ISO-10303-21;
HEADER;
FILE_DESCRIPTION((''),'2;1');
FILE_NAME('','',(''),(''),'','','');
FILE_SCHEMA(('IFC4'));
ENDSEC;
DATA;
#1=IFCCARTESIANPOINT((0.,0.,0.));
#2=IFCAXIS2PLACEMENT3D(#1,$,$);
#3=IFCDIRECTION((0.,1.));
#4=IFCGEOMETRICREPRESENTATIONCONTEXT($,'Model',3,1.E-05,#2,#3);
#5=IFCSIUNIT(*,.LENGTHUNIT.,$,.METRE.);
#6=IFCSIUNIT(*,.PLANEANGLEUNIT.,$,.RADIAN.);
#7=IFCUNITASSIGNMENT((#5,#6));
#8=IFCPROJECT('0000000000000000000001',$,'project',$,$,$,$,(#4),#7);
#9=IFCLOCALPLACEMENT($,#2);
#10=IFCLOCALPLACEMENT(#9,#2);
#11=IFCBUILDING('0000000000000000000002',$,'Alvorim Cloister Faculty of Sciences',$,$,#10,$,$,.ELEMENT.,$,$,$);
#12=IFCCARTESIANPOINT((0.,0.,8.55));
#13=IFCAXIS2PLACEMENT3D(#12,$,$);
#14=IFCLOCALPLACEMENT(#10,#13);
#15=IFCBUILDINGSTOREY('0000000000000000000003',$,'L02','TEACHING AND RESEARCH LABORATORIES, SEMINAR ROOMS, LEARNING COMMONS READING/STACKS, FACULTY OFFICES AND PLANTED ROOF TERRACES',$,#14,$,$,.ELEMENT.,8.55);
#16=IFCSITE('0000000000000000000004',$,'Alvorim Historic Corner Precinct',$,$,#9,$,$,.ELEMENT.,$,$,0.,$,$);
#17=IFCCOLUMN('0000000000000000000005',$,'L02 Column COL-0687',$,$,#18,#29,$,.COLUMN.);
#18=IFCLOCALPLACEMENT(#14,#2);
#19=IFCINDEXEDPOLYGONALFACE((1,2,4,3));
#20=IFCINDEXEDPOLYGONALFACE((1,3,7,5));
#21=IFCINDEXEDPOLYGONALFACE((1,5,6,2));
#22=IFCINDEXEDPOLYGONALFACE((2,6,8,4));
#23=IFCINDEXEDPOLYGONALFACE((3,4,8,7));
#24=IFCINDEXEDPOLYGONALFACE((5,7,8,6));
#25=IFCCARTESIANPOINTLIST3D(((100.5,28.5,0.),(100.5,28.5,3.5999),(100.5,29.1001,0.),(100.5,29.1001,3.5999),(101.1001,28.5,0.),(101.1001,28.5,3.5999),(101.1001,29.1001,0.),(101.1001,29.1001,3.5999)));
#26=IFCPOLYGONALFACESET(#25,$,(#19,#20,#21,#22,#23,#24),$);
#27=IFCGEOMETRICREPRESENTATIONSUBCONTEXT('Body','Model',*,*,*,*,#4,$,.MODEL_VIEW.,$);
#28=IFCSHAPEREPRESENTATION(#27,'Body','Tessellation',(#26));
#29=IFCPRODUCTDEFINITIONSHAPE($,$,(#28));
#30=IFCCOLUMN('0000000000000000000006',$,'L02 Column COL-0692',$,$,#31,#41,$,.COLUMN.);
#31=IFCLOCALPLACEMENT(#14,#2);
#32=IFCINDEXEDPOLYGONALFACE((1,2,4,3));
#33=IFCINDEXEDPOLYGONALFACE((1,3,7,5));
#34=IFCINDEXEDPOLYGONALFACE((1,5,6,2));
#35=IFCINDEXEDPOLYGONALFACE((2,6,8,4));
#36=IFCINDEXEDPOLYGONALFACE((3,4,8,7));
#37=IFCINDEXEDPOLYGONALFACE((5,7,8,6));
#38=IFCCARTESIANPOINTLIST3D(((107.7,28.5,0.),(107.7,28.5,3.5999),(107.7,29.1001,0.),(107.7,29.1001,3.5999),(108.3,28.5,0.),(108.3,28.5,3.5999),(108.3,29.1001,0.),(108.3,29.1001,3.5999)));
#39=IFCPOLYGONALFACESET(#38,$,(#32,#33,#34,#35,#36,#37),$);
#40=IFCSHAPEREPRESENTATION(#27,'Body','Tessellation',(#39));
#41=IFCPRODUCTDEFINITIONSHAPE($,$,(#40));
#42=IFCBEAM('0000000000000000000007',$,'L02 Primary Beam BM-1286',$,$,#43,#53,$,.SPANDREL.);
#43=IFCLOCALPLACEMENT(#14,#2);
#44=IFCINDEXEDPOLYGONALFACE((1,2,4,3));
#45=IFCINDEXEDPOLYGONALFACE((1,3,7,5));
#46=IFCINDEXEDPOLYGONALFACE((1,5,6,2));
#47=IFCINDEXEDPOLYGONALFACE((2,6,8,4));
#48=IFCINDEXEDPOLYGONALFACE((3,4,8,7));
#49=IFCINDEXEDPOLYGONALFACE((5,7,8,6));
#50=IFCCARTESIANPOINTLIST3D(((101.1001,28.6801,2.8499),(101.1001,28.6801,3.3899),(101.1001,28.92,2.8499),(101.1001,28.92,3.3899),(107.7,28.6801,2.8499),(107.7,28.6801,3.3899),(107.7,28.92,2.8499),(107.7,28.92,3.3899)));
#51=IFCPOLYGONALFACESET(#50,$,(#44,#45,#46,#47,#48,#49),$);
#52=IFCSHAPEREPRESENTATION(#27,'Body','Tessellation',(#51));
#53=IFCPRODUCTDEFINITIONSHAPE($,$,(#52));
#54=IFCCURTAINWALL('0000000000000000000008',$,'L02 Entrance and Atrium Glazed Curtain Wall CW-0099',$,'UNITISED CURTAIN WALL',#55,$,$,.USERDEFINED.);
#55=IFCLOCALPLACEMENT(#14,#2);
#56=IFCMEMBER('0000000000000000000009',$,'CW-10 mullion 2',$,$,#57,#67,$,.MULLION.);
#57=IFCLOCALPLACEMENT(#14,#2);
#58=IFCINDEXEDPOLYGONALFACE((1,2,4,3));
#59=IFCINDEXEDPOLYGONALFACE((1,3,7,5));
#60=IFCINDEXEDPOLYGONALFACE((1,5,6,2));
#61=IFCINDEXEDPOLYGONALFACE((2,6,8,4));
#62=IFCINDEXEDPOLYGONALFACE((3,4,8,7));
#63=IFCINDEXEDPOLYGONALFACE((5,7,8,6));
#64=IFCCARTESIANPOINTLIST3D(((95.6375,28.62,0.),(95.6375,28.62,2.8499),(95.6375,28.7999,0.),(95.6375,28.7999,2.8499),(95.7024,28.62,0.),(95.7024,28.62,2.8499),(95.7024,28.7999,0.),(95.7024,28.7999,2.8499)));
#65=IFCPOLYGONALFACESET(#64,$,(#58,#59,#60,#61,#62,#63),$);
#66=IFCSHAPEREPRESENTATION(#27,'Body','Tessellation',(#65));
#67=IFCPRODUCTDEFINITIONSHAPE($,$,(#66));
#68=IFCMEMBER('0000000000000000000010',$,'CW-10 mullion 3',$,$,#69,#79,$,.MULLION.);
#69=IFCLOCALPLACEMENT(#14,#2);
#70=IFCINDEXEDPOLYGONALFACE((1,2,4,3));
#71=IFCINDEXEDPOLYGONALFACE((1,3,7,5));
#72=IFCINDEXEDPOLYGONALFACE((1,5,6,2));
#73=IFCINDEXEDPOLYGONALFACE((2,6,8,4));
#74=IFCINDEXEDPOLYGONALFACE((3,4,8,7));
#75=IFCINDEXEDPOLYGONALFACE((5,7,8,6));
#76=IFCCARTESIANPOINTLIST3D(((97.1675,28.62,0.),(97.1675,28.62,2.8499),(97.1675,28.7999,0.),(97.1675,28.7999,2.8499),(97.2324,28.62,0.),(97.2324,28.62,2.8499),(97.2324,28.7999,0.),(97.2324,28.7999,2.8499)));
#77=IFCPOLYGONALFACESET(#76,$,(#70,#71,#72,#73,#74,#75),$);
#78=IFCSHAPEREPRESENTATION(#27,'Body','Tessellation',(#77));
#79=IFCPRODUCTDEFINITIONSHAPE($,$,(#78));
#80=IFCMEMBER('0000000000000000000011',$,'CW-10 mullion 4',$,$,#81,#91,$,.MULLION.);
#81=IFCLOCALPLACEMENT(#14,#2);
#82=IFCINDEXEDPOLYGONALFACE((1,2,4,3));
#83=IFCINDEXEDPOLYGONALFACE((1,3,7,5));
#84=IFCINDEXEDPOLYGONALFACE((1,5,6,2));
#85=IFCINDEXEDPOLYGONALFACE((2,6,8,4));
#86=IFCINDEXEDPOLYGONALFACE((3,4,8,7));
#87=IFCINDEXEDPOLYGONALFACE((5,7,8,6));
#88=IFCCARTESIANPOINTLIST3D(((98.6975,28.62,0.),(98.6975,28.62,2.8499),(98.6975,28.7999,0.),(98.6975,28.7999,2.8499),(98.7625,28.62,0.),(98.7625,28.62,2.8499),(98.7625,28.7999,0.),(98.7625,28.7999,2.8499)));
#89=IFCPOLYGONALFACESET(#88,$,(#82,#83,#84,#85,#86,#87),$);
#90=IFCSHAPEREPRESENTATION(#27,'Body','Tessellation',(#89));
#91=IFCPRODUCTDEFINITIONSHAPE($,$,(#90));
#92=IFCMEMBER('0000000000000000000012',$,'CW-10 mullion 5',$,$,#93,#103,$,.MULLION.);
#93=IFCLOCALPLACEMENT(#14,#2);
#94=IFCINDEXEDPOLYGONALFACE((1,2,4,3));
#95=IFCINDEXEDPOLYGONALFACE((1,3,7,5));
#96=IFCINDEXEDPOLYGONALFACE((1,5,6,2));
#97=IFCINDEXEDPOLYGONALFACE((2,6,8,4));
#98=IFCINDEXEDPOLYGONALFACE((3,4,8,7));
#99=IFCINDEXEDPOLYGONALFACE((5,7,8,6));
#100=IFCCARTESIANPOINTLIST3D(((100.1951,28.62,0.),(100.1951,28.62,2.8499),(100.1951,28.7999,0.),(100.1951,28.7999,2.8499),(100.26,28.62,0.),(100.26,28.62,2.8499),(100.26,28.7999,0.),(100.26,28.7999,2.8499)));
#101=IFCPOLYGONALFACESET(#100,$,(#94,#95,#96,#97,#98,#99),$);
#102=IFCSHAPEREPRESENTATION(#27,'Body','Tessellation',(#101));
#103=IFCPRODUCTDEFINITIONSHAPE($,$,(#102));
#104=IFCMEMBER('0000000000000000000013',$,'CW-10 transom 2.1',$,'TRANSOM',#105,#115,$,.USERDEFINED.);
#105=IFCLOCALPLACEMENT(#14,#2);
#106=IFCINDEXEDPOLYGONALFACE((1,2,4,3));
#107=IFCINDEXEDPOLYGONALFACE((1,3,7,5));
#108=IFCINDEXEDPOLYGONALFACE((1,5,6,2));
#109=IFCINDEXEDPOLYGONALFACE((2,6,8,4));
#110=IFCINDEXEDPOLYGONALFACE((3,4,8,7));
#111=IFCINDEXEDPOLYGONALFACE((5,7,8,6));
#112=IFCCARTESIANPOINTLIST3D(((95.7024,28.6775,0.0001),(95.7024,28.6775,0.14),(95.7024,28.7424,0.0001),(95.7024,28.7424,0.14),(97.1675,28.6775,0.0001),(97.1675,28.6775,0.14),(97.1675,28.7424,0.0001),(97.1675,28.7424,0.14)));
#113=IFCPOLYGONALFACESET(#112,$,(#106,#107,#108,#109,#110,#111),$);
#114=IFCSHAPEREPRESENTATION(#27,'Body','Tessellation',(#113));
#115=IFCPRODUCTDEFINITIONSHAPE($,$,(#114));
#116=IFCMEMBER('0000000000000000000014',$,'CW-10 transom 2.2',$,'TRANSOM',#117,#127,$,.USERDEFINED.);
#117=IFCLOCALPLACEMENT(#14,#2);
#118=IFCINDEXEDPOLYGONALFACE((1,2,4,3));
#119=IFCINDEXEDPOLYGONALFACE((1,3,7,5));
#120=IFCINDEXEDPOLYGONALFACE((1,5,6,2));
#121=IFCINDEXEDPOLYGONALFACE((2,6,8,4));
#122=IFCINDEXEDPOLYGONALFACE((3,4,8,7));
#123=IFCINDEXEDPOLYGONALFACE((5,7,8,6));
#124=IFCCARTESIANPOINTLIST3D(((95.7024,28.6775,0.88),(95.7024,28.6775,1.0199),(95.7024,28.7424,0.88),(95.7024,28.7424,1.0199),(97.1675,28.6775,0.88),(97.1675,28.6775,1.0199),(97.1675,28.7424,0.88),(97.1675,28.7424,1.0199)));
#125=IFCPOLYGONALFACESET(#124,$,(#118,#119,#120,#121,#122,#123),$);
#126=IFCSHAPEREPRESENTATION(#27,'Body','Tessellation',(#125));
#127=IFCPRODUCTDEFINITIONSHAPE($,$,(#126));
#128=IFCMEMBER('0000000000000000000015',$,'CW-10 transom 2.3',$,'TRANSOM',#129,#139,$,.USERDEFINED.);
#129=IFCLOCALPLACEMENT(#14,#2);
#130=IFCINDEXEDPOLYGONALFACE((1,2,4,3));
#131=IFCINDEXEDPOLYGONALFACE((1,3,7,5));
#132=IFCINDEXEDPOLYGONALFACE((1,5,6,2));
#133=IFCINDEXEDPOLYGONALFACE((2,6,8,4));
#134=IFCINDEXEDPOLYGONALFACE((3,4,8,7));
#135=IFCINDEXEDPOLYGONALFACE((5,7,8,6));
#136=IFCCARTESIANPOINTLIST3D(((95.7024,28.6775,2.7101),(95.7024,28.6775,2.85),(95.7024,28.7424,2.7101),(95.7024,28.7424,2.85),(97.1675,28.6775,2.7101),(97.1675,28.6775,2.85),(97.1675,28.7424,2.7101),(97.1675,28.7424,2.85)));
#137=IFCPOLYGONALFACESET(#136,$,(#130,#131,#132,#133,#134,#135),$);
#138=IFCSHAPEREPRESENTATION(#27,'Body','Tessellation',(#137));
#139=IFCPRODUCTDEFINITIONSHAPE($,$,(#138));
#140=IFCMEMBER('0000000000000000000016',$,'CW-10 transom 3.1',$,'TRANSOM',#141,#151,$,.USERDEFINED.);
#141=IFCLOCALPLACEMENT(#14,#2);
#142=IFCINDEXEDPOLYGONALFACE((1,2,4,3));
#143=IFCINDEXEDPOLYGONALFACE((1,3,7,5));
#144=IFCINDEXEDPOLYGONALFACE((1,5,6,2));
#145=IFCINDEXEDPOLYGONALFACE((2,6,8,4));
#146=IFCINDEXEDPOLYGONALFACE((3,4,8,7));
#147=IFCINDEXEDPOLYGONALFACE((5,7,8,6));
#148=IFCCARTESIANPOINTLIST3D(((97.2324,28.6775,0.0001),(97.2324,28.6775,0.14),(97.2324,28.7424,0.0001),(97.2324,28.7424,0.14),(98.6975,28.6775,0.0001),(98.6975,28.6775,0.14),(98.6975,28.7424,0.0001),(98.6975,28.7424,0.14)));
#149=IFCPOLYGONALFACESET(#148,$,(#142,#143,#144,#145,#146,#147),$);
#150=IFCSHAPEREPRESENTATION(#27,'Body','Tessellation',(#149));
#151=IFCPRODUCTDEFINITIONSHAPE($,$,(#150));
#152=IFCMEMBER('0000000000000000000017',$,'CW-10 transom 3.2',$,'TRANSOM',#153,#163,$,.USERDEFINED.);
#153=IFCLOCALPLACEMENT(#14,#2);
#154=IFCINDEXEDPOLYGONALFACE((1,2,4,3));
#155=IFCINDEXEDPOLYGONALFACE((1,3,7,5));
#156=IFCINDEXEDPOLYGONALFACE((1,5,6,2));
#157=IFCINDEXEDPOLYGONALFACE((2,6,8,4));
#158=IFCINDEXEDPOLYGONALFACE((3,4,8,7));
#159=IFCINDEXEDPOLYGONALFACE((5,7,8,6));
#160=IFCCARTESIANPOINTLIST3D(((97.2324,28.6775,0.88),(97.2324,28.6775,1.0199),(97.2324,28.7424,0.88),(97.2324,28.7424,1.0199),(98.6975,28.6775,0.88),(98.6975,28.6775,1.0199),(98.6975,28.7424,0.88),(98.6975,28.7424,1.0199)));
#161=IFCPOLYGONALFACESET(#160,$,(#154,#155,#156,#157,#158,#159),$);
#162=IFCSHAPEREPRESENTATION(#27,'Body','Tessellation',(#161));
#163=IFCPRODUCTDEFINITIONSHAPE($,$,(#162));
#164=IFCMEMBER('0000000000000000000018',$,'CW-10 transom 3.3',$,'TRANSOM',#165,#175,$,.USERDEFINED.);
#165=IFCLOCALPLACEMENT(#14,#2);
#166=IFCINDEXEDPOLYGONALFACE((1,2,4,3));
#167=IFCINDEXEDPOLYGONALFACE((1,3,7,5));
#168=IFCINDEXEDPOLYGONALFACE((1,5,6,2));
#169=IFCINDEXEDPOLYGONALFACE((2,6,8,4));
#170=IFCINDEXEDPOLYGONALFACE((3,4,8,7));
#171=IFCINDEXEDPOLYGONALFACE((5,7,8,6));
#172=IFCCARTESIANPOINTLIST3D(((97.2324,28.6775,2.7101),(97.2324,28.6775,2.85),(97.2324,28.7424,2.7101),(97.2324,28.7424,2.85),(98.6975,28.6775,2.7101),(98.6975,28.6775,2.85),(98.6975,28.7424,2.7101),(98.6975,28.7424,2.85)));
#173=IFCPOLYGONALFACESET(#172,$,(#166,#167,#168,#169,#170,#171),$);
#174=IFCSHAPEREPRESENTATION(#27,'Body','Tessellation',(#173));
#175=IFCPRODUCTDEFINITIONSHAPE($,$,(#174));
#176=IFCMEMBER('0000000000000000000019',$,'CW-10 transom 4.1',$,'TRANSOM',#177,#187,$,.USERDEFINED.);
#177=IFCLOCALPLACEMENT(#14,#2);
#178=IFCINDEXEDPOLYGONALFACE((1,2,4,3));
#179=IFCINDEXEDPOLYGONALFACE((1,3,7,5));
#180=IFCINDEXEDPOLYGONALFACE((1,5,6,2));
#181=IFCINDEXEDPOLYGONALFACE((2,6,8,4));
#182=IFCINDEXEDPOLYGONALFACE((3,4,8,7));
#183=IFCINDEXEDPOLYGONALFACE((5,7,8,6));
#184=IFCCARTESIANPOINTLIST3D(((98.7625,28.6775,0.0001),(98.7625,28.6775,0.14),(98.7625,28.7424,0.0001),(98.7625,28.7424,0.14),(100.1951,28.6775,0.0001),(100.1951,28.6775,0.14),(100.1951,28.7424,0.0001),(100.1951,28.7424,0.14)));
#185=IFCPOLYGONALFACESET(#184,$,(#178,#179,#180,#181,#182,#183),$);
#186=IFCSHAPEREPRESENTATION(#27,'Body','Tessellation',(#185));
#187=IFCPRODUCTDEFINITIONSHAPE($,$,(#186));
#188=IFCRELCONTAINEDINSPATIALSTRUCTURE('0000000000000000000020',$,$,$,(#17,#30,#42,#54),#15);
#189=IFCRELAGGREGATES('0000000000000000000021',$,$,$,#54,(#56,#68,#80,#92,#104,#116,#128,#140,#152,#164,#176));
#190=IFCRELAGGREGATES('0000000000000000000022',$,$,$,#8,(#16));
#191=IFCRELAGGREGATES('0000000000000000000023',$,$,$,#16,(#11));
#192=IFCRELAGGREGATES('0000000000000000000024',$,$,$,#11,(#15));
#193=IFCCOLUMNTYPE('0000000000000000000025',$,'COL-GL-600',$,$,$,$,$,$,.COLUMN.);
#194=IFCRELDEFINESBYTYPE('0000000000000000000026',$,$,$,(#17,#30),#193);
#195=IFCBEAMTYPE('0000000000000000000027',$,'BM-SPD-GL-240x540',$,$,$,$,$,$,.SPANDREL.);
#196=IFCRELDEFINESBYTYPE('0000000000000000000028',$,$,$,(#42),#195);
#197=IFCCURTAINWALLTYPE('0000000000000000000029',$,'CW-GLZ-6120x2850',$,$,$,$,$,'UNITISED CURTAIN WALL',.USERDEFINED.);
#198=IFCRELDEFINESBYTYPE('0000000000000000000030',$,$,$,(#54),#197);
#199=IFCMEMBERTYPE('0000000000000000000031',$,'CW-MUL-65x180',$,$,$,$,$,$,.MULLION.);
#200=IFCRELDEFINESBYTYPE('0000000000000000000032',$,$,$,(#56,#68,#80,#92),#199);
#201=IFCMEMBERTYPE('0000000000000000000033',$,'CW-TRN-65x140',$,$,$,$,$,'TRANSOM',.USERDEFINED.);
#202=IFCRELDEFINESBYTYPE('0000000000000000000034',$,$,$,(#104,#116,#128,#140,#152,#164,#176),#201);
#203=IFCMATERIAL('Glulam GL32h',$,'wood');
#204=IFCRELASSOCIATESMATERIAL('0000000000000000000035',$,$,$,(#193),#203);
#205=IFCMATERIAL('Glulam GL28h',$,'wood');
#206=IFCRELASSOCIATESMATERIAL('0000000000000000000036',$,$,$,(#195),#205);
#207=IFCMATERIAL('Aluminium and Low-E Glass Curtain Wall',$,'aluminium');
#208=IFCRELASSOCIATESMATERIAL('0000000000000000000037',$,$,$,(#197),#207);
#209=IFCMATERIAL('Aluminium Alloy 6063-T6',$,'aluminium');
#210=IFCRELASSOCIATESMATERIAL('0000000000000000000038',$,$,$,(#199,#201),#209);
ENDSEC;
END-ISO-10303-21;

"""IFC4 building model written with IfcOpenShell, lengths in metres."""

from ifc_helpers import new_model, si_unit, direction, frame, origin, origin_2d, place, context, subcontext, project, spatial, rectangle, extrude, material, material_profile, profile_set, type_object, element, aggregate, save


model = new_model("IFC4")

# Units and contexts
model_context = context("Model", 3, precision=1e-05, world=origin(), true_north=direction((0.0, 1.0)))
body_context = subcontext(model_context, "Body", "Model", "MODEL_VIEW")
ifc_project = project(units=[si_unit("LENGTHUNIT", "METRE"), si_unit("PLANEANGLEUNIT", "RADIAN")], contexts=[model_context])

# Site, building, storey
site_placement = place(None, origin())
site = spatial("IfcSite", under=ifc_project, at=site_placement, Name="Alvorim Historic Corner Precinct", CompositionType="ELEMENT", RefElevation=0.0)
building_placement = place(site_placement, origin())
building = spatial("IfcBuilding", under=site, at=building_placement, Name="Alvorim Cloister Faculty of Sciences", CompositionType="ELEMENT")
storey_placement = place(building_placement, frame((0.0, 0.0, 8.55)))
storey = spatial("IfcBuildingStorey", under=building, at=storey_placement, Name="L02", Description="TEACHING AND RESEARCH LABORATORIES, SEMINAR ROOMS, LEARNING COMMONS READING/STACKS, FACULTY OFFICES AND PLANTED ROOF TERRACES", CompositionType="ELEMENT", Elevation=8.55)

# Columns
ifc_material_1 = material(Name="Glulam GL32h", Category="wood")
ifc_material_profile_1 = material_profile(ifc_material_1, rectangle(XDim=0.6001, YDim=0.6001, at=origin_2d()), Name="GL32-COL-600x600")
ifc_profile_set_1 = profile_set([ifc_material_profile_1], Name="Glulam GL32h")
column_type = type_object("IfcColumnType", Name="COL-GL-600", PredefinedType="COLUMN", material=ifc_profile_set_1)
for number, where, z_axis, x_axis, name in (
    (1, (100.8, 28.8, 0.0), (0.0, 0.0, 1.0), (1.0, 0.0, 0.0), "L02 Column COL-0687"),
    (2, (108.0, 28.8, 0.0), (0.0, 0.0, 1.0), (1.0, 0.0, 0.0), "L02 Column COL-0692"),
):
    element("IfcColumn", number, at=place(storey_placement, frame(where, z_axis=z_axis, x_axis=x_axis)), inside=storey, type_object=column_type, Name=name, PredefinedType="COLUMN", context=body_context, shape_type="SweptSolid", body=[
        extrude(rectangle(XDim=0.6001, YDim=0.6001, at=origin_2d()), origin(), (0.0, 0.0, 1.0), 3.5999),
    ])

# Beam
ifc_material_2 = material(Name="Glulam GL28h", Category="wood")
ifc_material_profile_2 = material_profile(ifc_material_2, rectangle(XDim=0.24, YDim=0.54, at=origin_2d()), Name="GL28-SPD-240x540")
ifc_profile_set_2 = profile_set([ifc_material_profile_2], Name="Glulam GL28h")
beam_type = type_object("IfcBeamType", Name="BM-SPD-GL-240x540", PredefinedType="SPANDREL", material=ifc_profile_set_2)
beam_placement = place(storey_placement, frame((101.1001, 28.8, 3.1199), z_axis=(1.0, 0.0, 0.0), x_axis=(0.0, 1.0, 0.0)))
element("IfcBeam", 3, at=beam_placement, inside=storey, type_object=beam_type, Name="L02 Primary Beam BM-1286", PredefinedType="SPANDREL", context=body_context, shape_type="SweptSolid", body=[
    extrude(rectangle(XDim=0.24, YDim=0.54, at=origin_2d()), origin(), (0.0, 0.0, 1.0), 6.5999),
])

# Curtain wall, members
ifc_material_3 = material(Name="Aluminium and Low-E Glass Curtain Wall", Category="aluminium")
curtain_wall_type = type_object("IfcCurtainWallType", Name="CW-GLZ-6120x2850", ElementType="UNITISED CURTAIN WALL", PredefinedType="USERDEFINED", material=ifc_material_3)
curtain_wall_placement = place(storey_placement, origin())
curtain_wall = element("IfcCurtainWall", 4, at=curtain_wall_placement, inside=storey, type_object=curtain_wall_type, Name="L02 Entrance and Atrium Glazed Curtain Wall CW-0099", ObjectType="UNITISED CURTAIN WALL", PredefinedType="USERDEFINED")
ifc_material_4 = material(Name="Aluminium Alloy 6063-T6", Category="aluminium")
ifc_material_profile_3 = material_profile(ifc_material_4, rectangle(XDim=0.0649, YDim=0.1799, at=origin_2d()), Name="ALU-MUL-65x180")
ifc_profile_set_3 = profile_set([ifc_material_profile_3], Name="Aluminium Alloy 6063-T6")
member_type_1 = type_object("IfcMemberType", Name="CW-MUL-65x180", PredefinedType="MULLION", material=ifc_profile_set_3)
member_1_placement = place(storey_placement, frame((95.6699, 28.71, 0.0), z_axis=(0.0, 0.0, 1.0), x_axis=(1.0, 0.0, 0.0)))
member_1 = element("IfcMember", 5, at=member_1_placement, type_object=member_type_1, Name="CW-10 mullion 2", PredefinedType="MULLION", context=body_context, shape_type="SweptSolid", body=[
    extrude(rectangle(XDim=0.0649, YDim=0.1799, at=origin_2d()), origin(), (0.0, 0.0, 1.0), 2.8499),
])
member_2_placement = place(storey_placement, frame((97.2, 28.71, 0.0), z_axis=(0.0, 0.0, 1.0), x_axis=(1.0, 0.0, 0.0)))
member_2 = element("IfcMember", 6, at=member_2_placement, type_object=member_type_1, Name="CW-10 mullion 3", PredefinedType="MULLION", context=body_context, shape_type="SweptSolid", body=[
    extrude(rectangle(XDim=0.0649, YDim=0.1799, at=origin_2d()), origin(), (0.0, 0.0, 1.0), 2.8499),
])
member_3_placement = place(storey_placement, frame((98.73, 28.71, 0.0), z_axis=(0.0, 0.0, 1.0), x_axis=(1.0, 0.0, 0.0)))
member_3 = element("IfcMember", 7, at=member_3_placement, type_object=member_type_1, Name="CW-10 mullion 4", PredefinedType="MULLION", context=body_context, shape_type="SweptSolid", body=[
    extrude(rectangle(XDim=0.0649, YDim=0.1799, at=origin_2d()), origin(), (0.0, 0.0, 1.0), 2.8499),
])
member_4_placement = place(storey_placement, frame((100.2275, 28.71, 0.0), z_axis=(0.0, 0.0, 1.0), x_axis=(1.0, 0.0, 0.0)))
member_4 = element("IfcMember", 8, at=member_4_placement, type_object=member_type_1, Name="CW-10 mullion 5", PredefinedType="MULLION", context=body_context, shape_type="SweptSolid", body=[
    extrude(rectangle(XDim=0.0649, YDim=0.1799, at=origin_2d()), origin(), (0.0, 0.0, 1.0), 2.8499),
])
ifc_material_profile_4 = material_profile(ifc_material_4, rectangle(XDim=0.0649, YDim=0.1399, at=origin_2d()), Name="ALU-TRN-65x140")
ifc_profile_set_4 = profile_set([ifc_material_profile_4], Name="Aluminium Alloy 6063-T6")
member_type_2 = type_object("IfcMemberType", Name="CW-TRN-65x140", ElementType="TRANSOM", PredefinedType="USERDEFINED", material=ifc_profile_set_4)
member_5_placement = place(storey_placement, frame((95.7024, 28.71, 0.0701), z_axis=(1.0, 0.0, 0.0), x_axis=(0.0, 1.0, 0.0)))
member_5 = element("IfcMember", 9, at=member_5_placement, type_object=member_type_2, Name="CW-10 transom 2.1", ObjectType="TRANSOM", PredefinedType="USERDEFINED", context=body_context, shape_type="SweptSolid", body=[
    extrude(rectangle(XDim=0.0649, YDim=0.1399, at=origin_2d()), origin(), (0.0, 0.0, 1.0), 1.4651),
])
member_6_placement = place(storey_placement, frame((95.7024, 28.71, 0.95), z_axis=(1.0, 0.0, 0.0), x_axis=(0.0, 1.0, 0.0)))
member_6 = element("IfcMember", 10, at=member_6_placement, type_object=member_type_2, Name="CW-10 transom 2.2", ObjectType="TRANSOM", PredefinedType="USERDEFINED", context=body_context, shape_type="SweptSolid", body=[
    extrude(rectangle(XDim=0.0649, YDim=0.1399, at=origin_2d()), origin(), (0.0, 0.0, 1.0), 1.4651),
])
member_7_placement = place(storey_placement, frame((95.7024, 28.71, 2.78), z_axis=(1.0, 0.0, 0.0), x_axis=(0.0, 1.0, 0.0)))
member_7 = element("IfcMember", 11, at=member_7_placement, type_object=member_type_2, Name="CW-10 transom 2.3", ObjectType="TRANSOM", PredefinedType="USERDEFINED", context=body_context, shape_type="SweptSolid", body=[
    extrude(rectangle(XDim=0.0649, YDim=0.1399, at=origin_2d()), origin(), (0.0, 0.0, 1.0), 1.4651),
])
member_8_placement = place(storey_placement, frame((97.2324, 28.71, 0.0701), z_axis=(1.0, 0.0, 0.0), x_axis=(0.0, 1.0, 0.0)))
member_8 = element("IfcMember", 12, at=member_8_placement, type_object=member_type_2, Name="CW-10 transom 3.1", ObjectType="TRANSOM", PredefinedType="USERDEFINED", context=body_context, shape_type="SweptSolid", body=[
    extrude(rectangle(XDim=0.0649, YDim=0.1399, at=origin_2d()), origin(), (0.0, 0.0, 1.0), 1.4651),
])
member_9_placement = place(storey_placement, frame((97.2324, 28.71, 0.95), z_axis=(1.0, 0.0, 0.0), x_axis=(0.0, 1.0, 0.0)))
member_9 = element("IfcMember", 13, at=member_9_placement, type_object=member_type_2, Name="CW-10 transom 3.2", ObjectType="TRANSOM", PredefinedType="USERDEFINED", context=body_context, shape_type="SweptSolid", body=[
    extrude(rectangle(XDim=0.0649, YDim=0.1399, at=origin_2d()), origin(), (0.0, 0.0, 1.0), 1.4651),
])
member_10_placement = place(storey_placement, frame((97.2324, 28.71, 2.78), z_axis=(1.0, 0.0, 0.0), x_axis=(0.0, 1.0, 0.0)))
member_10 = element("IfcMember", 14, at=member_10_placement, type_object=member_type_2, Name="CW-10 transom 3.3", ObjectType="TRANSOM", PredefinedType="USERDEFINED", context=body_context, shape_type="SweptSolid", body=[
    extrude(rectangle(XDim=0.0649, YDim=0.1399, at=origin_2d()), origin(), (0.0, 0.0, 1.0), 1.4651),
])
member_11_placement = place(storey_placement, frame((98.7625, 28.71, 0.0701), z_axis=(1.0, 0.0, 0.0), x_axis=(0.0, 1.0, 0.0)))
member_11 = element("IfcMember", 15, at=member_11_placement, type_object=member_type_2, Name="CW-10 transom 4.1", ObjectType="TRANSOM", PredefinedType="USERDEFINED", context=body_context, shape_type="SweptSolid", body=[
    extrude(rectangle(XDim=0.0649, YDim=0.1399, at=origin_2d()), origin(), (0.0, 0.0, 1.0), 1.4326),
])
aggregate(curtain_wall, [member_1, member_2, member_3, member_4, member_5, member_6, member_7, member_8, member_9, member_10, member_11])

save(model, "model.ifc")
